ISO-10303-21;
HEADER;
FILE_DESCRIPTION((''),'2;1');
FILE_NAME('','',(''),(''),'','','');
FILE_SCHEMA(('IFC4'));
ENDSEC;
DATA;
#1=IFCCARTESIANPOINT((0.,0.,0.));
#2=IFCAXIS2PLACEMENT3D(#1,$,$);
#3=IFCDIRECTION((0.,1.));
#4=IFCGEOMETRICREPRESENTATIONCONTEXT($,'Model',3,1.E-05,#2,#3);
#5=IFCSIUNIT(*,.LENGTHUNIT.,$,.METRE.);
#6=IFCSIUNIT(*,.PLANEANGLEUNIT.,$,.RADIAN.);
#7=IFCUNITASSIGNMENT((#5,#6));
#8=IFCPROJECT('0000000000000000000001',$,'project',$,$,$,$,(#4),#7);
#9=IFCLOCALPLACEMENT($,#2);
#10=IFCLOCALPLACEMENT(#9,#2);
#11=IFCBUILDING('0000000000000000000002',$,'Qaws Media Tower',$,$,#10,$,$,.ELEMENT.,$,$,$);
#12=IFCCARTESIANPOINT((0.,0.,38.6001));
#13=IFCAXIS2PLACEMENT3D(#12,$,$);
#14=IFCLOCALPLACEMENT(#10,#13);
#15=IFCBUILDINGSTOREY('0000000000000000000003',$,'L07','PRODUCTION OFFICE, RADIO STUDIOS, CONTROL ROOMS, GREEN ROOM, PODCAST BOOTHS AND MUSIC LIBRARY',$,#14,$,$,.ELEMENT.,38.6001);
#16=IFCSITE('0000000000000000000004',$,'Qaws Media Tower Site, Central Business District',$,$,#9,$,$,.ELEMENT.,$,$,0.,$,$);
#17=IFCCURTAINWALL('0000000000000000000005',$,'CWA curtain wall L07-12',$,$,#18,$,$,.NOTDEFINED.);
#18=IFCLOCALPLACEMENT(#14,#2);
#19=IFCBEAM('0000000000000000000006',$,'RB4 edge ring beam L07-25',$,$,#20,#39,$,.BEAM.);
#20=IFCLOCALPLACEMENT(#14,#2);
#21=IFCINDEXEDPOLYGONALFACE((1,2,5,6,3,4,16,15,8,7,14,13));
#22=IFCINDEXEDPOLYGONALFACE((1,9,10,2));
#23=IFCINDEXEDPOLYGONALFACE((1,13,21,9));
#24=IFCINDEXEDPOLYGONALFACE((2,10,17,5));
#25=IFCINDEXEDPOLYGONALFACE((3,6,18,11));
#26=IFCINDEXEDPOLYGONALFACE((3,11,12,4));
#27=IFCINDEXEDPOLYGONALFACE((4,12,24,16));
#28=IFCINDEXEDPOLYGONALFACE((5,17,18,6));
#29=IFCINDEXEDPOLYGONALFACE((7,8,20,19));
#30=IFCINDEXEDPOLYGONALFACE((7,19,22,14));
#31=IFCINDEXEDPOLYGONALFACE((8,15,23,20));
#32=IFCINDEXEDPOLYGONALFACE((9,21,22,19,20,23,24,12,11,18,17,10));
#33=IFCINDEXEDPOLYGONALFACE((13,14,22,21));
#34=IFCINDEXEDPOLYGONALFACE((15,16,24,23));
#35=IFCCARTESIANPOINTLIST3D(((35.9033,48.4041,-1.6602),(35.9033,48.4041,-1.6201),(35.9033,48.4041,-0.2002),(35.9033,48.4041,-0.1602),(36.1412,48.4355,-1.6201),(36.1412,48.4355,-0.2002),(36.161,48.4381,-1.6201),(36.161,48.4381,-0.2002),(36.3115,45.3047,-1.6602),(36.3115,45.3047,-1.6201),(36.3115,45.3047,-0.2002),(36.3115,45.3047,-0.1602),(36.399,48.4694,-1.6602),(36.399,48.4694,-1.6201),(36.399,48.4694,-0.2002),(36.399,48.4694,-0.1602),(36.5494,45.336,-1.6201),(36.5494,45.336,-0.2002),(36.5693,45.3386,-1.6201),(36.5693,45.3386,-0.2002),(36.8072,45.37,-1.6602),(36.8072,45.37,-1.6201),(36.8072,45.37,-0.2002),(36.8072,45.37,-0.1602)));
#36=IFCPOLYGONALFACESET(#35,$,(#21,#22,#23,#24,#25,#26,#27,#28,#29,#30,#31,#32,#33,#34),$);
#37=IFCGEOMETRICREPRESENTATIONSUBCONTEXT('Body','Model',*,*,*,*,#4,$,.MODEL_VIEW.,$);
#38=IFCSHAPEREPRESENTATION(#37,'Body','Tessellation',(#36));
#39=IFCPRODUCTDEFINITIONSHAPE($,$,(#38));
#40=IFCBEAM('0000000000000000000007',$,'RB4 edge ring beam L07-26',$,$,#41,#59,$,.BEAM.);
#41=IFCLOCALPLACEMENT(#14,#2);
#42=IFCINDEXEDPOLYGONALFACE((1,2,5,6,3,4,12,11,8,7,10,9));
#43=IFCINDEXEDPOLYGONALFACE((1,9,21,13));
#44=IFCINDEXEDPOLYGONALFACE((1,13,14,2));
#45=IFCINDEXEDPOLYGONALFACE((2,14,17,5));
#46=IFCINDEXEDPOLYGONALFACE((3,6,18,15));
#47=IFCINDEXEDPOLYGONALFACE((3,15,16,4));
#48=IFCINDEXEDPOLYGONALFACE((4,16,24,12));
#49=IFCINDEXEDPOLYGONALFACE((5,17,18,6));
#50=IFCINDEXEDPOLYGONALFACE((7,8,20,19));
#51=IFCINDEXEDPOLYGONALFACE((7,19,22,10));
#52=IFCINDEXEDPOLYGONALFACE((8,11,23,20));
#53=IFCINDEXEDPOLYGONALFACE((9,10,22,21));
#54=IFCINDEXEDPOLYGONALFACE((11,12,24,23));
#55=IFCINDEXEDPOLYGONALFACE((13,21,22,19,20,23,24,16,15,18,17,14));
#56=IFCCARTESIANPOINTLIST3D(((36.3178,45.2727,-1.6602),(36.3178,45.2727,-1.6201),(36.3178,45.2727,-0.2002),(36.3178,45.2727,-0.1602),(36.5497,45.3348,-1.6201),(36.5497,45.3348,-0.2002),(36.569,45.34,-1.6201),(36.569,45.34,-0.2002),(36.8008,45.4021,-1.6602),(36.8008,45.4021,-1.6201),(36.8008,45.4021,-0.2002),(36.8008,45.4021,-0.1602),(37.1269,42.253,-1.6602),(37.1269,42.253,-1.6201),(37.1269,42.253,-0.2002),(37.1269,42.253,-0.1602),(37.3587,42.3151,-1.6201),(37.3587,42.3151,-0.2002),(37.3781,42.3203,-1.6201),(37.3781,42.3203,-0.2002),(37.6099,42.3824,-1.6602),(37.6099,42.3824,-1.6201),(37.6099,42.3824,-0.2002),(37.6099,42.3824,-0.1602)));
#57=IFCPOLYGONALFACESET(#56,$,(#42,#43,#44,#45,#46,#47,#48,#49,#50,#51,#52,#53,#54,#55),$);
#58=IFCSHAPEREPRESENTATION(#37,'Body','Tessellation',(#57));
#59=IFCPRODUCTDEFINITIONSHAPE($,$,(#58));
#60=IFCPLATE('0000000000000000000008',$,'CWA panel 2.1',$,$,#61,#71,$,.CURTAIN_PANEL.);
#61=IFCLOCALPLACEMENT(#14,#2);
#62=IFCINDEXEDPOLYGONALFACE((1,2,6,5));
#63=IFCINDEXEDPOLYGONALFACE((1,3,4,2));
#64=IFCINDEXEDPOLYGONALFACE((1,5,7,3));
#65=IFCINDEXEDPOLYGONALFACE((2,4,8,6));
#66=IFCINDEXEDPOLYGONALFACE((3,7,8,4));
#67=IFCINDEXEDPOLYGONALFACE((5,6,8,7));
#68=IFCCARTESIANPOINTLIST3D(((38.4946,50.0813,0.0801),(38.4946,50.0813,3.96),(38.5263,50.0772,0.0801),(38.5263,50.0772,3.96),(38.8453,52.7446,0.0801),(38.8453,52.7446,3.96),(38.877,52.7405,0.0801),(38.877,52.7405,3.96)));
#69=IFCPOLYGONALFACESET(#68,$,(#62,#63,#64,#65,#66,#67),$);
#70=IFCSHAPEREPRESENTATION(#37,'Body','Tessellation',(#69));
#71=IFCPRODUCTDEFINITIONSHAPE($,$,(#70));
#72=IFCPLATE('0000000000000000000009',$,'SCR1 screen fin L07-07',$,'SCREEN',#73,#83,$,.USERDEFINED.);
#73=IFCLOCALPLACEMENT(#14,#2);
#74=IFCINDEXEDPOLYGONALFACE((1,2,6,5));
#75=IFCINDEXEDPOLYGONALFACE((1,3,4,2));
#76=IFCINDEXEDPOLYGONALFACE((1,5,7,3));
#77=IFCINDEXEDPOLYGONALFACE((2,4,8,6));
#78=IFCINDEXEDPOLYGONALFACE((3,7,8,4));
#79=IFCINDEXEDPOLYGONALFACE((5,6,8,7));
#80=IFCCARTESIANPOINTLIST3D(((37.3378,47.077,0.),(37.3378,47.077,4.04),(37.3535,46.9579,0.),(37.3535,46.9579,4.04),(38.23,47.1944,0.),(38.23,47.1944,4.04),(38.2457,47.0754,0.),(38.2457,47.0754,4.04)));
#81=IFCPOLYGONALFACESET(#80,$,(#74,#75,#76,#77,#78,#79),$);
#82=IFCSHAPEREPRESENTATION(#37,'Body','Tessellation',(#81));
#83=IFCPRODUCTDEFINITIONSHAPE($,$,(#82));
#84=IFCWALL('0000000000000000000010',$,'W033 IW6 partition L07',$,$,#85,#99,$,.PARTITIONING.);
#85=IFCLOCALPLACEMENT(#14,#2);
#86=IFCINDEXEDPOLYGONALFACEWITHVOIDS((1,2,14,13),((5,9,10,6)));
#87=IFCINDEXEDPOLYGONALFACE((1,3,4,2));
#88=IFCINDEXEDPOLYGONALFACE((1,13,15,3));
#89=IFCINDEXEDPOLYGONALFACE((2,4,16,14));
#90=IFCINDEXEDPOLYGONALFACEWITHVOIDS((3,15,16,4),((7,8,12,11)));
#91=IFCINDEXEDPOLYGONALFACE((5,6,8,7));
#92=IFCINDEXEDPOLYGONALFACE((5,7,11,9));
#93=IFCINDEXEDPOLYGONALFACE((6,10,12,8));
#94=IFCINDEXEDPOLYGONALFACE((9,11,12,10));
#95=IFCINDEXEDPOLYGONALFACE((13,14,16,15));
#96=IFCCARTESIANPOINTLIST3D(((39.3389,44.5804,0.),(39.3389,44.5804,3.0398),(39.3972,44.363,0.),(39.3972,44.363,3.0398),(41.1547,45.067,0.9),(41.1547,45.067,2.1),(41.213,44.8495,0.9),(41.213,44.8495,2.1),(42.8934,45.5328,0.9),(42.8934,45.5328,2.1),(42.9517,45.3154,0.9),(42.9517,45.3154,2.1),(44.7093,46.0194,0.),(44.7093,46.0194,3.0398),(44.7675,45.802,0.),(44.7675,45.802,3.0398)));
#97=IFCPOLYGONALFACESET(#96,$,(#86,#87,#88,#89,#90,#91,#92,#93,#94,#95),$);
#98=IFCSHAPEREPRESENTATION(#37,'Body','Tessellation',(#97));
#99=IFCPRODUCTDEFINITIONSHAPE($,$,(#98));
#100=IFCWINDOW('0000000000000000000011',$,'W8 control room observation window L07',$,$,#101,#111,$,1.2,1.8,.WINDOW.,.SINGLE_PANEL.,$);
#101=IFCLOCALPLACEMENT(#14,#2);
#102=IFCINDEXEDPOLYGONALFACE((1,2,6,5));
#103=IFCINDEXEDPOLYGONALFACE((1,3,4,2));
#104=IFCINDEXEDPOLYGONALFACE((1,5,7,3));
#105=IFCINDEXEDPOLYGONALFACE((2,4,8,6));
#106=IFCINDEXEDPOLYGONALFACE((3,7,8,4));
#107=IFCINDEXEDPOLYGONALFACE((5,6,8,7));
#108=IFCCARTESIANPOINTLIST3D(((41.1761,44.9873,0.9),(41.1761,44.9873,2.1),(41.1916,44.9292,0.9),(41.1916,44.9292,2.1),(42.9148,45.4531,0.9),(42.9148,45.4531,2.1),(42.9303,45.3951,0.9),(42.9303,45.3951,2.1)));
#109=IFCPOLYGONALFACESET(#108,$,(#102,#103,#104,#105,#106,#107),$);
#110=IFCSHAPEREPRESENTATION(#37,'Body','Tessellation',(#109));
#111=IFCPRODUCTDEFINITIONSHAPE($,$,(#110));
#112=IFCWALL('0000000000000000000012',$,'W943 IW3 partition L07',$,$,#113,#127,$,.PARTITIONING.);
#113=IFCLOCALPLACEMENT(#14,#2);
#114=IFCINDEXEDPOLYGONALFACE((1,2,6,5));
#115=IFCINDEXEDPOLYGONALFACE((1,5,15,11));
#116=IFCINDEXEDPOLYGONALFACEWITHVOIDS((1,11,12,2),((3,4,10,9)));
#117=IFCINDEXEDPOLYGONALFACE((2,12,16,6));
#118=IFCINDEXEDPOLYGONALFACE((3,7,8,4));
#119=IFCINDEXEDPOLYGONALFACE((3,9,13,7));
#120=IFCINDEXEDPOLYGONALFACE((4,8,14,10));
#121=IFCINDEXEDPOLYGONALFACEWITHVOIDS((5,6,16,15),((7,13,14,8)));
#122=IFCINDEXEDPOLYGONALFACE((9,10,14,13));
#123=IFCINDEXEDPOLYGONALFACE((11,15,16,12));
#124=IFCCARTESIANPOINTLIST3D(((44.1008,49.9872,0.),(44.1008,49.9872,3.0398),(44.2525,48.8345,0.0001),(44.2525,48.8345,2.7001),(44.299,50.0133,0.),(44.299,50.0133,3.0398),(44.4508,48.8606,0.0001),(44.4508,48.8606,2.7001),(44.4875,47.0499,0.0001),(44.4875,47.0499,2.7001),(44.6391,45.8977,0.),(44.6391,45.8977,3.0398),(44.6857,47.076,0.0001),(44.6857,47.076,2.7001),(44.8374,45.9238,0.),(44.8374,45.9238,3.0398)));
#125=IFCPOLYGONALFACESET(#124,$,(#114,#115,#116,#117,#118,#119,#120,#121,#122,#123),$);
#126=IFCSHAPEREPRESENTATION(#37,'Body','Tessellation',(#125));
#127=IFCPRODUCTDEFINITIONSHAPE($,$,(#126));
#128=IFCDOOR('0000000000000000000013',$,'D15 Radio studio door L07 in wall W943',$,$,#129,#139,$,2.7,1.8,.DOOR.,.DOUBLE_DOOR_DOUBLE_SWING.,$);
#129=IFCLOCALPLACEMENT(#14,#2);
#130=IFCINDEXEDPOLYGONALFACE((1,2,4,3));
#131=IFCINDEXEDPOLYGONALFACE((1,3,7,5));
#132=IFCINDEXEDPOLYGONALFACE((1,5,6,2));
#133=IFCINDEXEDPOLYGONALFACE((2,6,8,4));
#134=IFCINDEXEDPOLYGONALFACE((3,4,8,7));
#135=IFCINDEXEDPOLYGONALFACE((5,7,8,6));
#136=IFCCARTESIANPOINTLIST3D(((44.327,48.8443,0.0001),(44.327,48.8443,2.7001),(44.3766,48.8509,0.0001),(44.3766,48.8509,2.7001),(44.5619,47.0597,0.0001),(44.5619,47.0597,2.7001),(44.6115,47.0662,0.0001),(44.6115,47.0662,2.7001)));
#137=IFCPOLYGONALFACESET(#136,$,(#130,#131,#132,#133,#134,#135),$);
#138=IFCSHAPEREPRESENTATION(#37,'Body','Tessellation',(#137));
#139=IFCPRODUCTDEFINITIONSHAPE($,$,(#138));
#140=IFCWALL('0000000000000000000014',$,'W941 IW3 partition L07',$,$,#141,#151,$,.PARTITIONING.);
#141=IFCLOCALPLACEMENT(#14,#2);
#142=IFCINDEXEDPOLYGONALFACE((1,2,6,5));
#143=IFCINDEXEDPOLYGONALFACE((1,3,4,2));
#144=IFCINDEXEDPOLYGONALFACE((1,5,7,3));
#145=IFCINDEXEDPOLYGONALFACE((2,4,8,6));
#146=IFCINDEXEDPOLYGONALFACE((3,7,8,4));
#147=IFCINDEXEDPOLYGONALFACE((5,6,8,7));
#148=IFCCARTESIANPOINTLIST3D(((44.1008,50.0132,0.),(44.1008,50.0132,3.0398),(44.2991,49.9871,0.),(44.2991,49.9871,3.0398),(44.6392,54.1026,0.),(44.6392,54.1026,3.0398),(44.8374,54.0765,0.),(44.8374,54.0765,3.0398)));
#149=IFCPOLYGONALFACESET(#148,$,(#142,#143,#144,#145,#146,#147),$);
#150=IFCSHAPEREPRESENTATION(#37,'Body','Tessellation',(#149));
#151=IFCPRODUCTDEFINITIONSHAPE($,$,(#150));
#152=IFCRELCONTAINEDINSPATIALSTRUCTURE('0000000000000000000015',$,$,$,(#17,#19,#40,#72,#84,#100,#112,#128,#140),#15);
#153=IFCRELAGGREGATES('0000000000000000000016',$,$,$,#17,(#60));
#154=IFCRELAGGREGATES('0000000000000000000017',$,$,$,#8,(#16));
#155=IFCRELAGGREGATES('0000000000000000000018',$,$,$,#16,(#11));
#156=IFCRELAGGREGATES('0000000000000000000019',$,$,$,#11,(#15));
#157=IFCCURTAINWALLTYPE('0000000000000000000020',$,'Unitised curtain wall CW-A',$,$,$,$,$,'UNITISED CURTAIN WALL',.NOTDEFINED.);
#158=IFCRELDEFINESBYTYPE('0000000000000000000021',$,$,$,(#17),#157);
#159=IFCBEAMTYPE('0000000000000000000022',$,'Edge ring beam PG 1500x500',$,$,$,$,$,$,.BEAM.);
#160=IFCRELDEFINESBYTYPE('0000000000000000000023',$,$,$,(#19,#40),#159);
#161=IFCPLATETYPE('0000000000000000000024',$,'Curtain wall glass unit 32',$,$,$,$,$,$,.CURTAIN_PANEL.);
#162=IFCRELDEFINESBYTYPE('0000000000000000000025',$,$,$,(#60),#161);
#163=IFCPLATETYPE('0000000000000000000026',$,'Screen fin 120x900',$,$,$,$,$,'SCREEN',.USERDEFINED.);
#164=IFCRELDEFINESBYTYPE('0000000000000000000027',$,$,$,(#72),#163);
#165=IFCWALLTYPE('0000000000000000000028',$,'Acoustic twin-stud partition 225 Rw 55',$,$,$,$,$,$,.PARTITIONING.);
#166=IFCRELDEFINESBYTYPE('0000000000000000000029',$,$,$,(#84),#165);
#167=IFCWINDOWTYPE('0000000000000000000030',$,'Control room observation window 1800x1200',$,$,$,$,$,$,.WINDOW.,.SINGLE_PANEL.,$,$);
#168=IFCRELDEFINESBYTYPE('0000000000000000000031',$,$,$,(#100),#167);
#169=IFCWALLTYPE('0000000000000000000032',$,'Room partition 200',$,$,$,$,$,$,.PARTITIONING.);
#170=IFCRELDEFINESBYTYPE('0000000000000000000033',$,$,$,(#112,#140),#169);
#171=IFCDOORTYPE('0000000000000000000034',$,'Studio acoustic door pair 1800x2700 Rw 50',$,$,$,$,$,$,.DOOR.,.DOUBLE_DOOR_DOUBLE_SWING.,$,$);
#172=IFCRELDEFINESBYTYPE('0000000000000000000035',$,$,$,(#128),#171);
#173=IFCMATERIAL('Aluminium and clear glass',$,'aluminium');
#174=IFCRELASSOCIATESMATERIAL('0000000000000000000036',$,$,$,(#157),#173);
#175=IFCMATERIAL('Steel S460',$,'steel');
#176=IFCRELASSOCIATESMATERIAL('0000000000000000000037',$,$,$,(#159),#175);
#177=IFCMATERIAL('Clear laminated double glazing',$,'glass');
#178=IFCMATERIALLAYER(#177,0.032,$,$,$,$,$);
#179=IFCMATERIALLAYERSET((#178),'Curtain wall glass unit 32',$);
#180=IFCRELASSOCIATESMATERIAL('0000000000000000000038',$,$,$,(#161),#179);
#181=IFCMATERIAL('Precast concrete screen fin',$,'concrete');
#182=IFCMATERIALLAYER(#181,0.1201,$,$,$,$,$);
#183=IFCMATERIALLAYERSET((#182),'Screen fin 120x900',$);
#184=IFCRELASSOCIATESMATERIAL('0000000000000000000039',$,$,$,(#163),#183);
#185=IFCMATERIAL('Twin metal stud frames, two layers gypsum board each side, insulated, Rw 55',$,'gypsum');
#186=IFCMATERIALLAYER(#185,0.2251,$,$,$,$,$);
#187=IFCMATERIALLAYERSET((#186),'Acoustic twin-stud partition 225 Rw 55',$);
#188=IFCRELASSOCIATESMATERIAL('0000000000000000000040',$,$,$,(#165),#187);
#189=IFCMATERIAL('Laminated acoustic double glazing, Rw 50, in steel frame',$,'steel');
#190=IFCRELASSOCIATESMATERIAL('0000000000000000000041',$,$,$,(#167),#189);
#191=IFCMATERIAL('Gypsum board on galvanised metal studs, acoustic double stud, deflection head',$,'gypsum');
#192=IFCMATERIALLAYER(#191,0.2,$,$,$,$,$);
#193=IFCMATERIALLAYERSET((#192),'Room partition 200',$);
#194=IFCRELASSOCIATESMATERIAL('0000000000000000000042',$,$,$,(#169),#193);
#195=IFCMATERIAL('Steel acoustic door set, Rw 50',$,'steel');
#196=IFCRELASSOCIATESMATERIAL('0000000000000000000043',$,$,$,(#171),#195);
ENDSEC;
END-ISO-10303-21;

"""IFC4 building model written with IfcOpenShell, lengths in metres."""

from ifc_helpers import new_model, si_unit, direction, frame, frame_2d, origin, origin_2d, place, context, subcontext, project, spatial, rectangle, i_section, extrude, material, layer, layer_set, material_profile, profile_set, type_object, element, fill, aggregate, save


model = new_model("IFC4")

# Units and contexts
model_context = context("Model", 3, precision=1e-05, world=origin(), true_north=direction((0.0, 1.0)))
body_context = subcontext(model_context, "Body", "Model", "MODEL_VIEW")
ifc_project = project(units=[si_unit("LENGTHUNIT", "METRE"), si_unit("PLANEANGLEUNIT", "RADIAN")], contexts=[model_context])

# Site, building, storey
site_placement = place(None, origin())
site = spatial("IfcSite", under=ifc_project, at=site_placement, Name="Qaws Media Tower Site, Central Business District", CompositionType="ELEMENT", RefElevation=0.0)
building_placement = place(site_placement, origin())
building = spatial("IfcBuilding", under=site, at=building_placement, Name="Qaws Media Tower", CompositionType="ELEMENT")
storey_placement = place(building_placement, frame((0.0, 0.0, 38.6001)))
storey = spatial("IfcBuildingStorey", under=building, at=storey_placement, Name="L07", Description="PRODUCTION OFFICE, RADIO STUDIOS, CONTROL ROOMS, GREEN ROOM, PODCAST BOOTHS AND MUSIC LIBRARY", CompositionType="ELEMENT", Elevation=38.6001)

# Curtain wall
ifc_material_1 = material(Name="Aluminium and clear glass", Category="aluminium")
curtain_wall_type = type_object("IfcCurtainWallType", Name="Unitised curtain wall CW-A", ElementType="UNITISED CURTAIN WALL", PredefinedType="NOTDEFINED", material=ifc_material_1)
curtain_wall_1_placement = place(storey_placement, origin())
curtain_wall_1 = element("IfcCurtainWall", 1, at=curtain_wall_1_placement, inside=storey, type_object=curtain_wall_type, Name="CWA curtain wall L07-12", PredefinedType="NOTDEFINED")

# Beams
ifc_material_2 = material(Name="Steel S460", Category="steel")
ifc_material_profile_1 = material_profile(ifc_material_2, i_section(OverallWidth=0.5, OverallDepth=1.5, WebThickness=0.02, FlangeThickness=0.04, at=origin_2d()), Name="PG 1500x500")
ifc_profile_set_1 = profile_set([ifc_material_profile_1], Name="Steel S460")
beam_type = type_object("IfcBeamType", Name="Edge ring beam PG 1500x500", PredefinedType="BEAM", material=ifc_profile_set_1)
for number, where, z_axis, x_axis, name in (
    (2, (36.1511, 48.4368, -0.9102), (0.130578, -0.991438, 0.0), (0.991438, 0.130578, 0.0), "RB4 edge ring beam L07-25"),
    (3, (36.5593, 45.3374, -0.9102), (0.2588, -0.965931, 0.0), (0.965931, 0.2588, 0.0), "RB4 edge ring beam L07-26"),
):
    element("IfcBeam", number, at=place(storey_placement, frame(where, z_axis=z_axis, x_axis=x_axis)), inside=storey, type_object=beam_type, Name=name, PredefinedType="BEAM", context=body_context, shape_type="SweptSolid", body=[
        extrude(i_section(OverallWidth=0.5, OverallDepth=1.5, WebThickness=0.02, FlangeThickness=0.04, at=origin_2d()), origin(), (0.0, 0.0, 1.0), 3.1262),
    ])

# Plates
ifc_material_3 = material(Name="Clear laminated double glazing", Category="glass")
ifc_layer_1 = layer(ifc_material_3, 0.032)
ifc_layer_set_1 = layer_set([ifc_layer_1], Name="Curtain wall glass unit 32")
plate_type_1 = type_object("IfcPlateType", Name="Curtain wall glass unit 32", PredefinedType="CURTAIN_PANEL", material=ifc_layer_set_1)
plate_1_placement = place(storey_placement, frame((38.6858, 51.4109, 0.0801), z_axis=(0.0, 0.0, 1.0), x_axis=(-0.130526, -0.991445, 0.0)))
plate_1 = element("IfcPlate", 4, at=plate_1_placement, type_object=plate_type_1, Name="CWA panel 2.1", PredefinedType="CURTAIN_PANEL", context=body_context, shape_type="SweptSolid", body=[
    extrude(rectangle(XDim=2.6863, YDim=0.032, at=origin_2d()), origin(), (0.0, 0.0, 1.0), 3.8799),
])
aggregate(curtain_wall_1, [plate_1])
ifc_material_4 = material(Name="Precast concrete screen fin", Category="concrete")
ifc_layer_2 = layer(ifc_material_4, 0.1201)
ifc_layer_set_2 = layer_set([ifc_layer_2], Name="Screen fin 120x900")
plate_type_2 = type_object("IfcPlateType", Name="Screen fin 120x900", ElementType="SCREEN", PredefinedType="USERDEFINED", material=ifc_layer_set_2)
plate_2_placement = place(storey_placement, frame((37.7917, 47.0762, 0.0), z_axis=(0.0, 0.0, 1.0), x_axis=(-0.991445, -0.130526, 0.0)))
element("IfcPlate", 5, at=plate_2_placement, inside=storey, type_object=plate_type_2, Name="SCR1 screen fin L07-07", ObjectType="SCREEN", PredefinedType="USERDEFINED", context=body_context, shape_type="SweptSolid", body=[
    extrude(rectangle(XDim=0.8999, YDim=0.1201, at=origin_2d()), origin(), (0.0, 0.0, 1.0), 4.04),
])

# Wall, opening, window
ifc_material_5 = material(Name="Twin metal stud frames, two layers gypsum board each side, insulated, Rw 55", Category="gypsum")
ifc_layer_3 = layer(ifc_material_5, 0.2251)
ifc_layer_set_3 = layer_set([ifc_layer_3], Name="Acoustic twin-stud partition 225 Rw 55")
wall_type_1 = type_object("IfcWallType", Name="Acoustic twin-stud partition 225 Rw 55", PredefinedType="PARTITIONING", material=ifc_layer_set_3)
wall_1_placement = place(storey_placement, frame((44.7383, 45.9106, 0.0), z_axis=(0.0, 0.0, 1.0), x_axis=(-0.965927, -0.258816, 0.0)))
wall_1 = element("IfcWall", 6, at=wall_1_placement, inside=storey, type_object=wall_type_1, Name="W033 IW6 partition L07", PredefinedType="PARTITIONING", context=body_context, shape_type="SweptSolid", body=[
    extrude(rectangle(XDim=5.5598, YDim=0.2251, at=frame_2d((2.7798, 0.0))), origin(), (0.0, 0.0, 1.0), 3.0398),
])
opening_1_placement = place(wall_1_placement, frame((1.8799, 0.0, 0.8999)))
opening_1 = element("IfcOpeningElement", 7, at=opening_1_placement, cuts=wall_1, PredefinedType="OPENING", context=body_context, shape_type="SweptSolid", body=[
    extrude(rectangle(XDim=1.8, YDim=1.2, at=frame_2d((0.8999, 0.6001))), frame((0.0, 0.1226, 0.0), z_axis=(0.0, -1.0, 0.0), x_axis=(1.0, 0.0, 0.0)), (0.0, 0.0, 1.0), 0.2451),
])
ifc_material_6 = material(Name="Laminated acoustic double glazing, Rw 50, in steel frame", Category="steel")
window_type_1 = type_object("IfcWindowType", Name="Control room observation window 1800x1200", PartitioningType="SINGLE_PANEL", PredefinedType="WINDOW", material=ifc_material_6)
window_1_placement = place(opening_1_placement, origin())
window_1 = element("IfcWindow", 8, at=window_1_placement, inside=storey, type_object=window_type_1, Name="W8 control room observation window L07", OverallHeight=1.2, OverallWidth=1.8, PartitioningType="SINGLE_PANEL", PredefinedType="WINDOW", context=body_context, shape_type="SweptSolid", body=[
    extrude(rectangle(XDim=1.8, YDim=1.2, at=frame_2d((0.8999, 0.6001))), frame((0.0, 0.03, 0.0), z_axis=(0.0, -1.0, 0.0), x_axis=(1.0, 0.0, 0.0)), (0.0, 0.0, 1.0), 0.0601),
])
fill(opening_1, window_1)

# Wall, opening, door
ifc_material_7 = material(Name="Gypsum board on galvanised metal studs, acoustic double stud, deflection head", Category="gypsum")
ifc_layer_4 = layer(ifc_material_7, 0.2)
ifc_layer_set_4 = layer_set([ifc_layer_4], Name="Room partition 200")
wall_type_2 = type_object("IfcWallType", Name="Room partition 200", PredefinedType="PARTITIONING", material=ifc_layer_set_4)
wall_2_placement = place(storey_placement, frame((44.7383, 45.9106, 0.0), z_axis=(0.0, 0.0, 1.0), x_axis=(-0.130516, 0.991446, 0.0)))
wall_2 = element("IfcWall", 9, at=wall_2_placement, inside=storey, type_object=wall_type_2, Name="W943 IW3 partition L07", PredefinedType="PARTITIONING", context=body_context, shape_type="SweptSolid", body=[
    extrude(rectangle(XDim=4.1248, YDim=0.2, at=frame_2d((2.0625, 0.0))), origin(), (0.0, 0.0, 1.0), 3.0398),
])
opening_2_placement = place(wall_2_placement, frame((1.1624, 0.0, 0.0)))
opening_2 = element("IfcOpeningElement", 10, at=opening_2_placement, cuts=wall_2, PredefinedType="OPENING", context=body_context, shape_type="SweptSolid", body=[
    extrude(rectangle(XDim=1.8, YDim=2.7, at=frame_2d((0.8999, 1.3501))), frame((0.0, 0.1099, 0.0), z_axis=(0.0, -1.0, 0.0), x_axis=(1.0, 0.0, 0.0)), (0.0, 0.0, 1.0), 0.22),
])
ifc_material_8 = material(Name="Steel acoustic door set, Rw 50", Category="steel")
door_type_1 = type_object("IfcDoorType", Name="Studio acoustic door pair 1800x2700 Rw 50", OperationType="DOUBLE_DOOR_DOUBLE_SWING", PredefinedType="DOOR", material=ifc_material_8)
door_1_placement = place(opening_2_placement, origin())
door_1 = element("IfcDoor", 11, at=door_1_placement, inside=storey, type_object=door_type_1, Name="D15 Radio studio door L07 in wall W943", OperationType="DOUBLE_DOOR_DOUBLE_SWING", OverallHeight=2.7, OverallWidth=1.8, PredefinedType="DOOR", context=body_context, shape_type="SweptSolid", body=[
    extrude(rectangle(XDim=1.8, YDim=2.7, at=frame_2d((0.8999, 1.3501))), frame((0.0, 0.0249, 0.0), z_axis=(0.0, -1.0, 0.0), x_axis=(1.0, 0.0, 0.0)), (0.0, 0.0, 1.0), 0.05),
])
fill(opening_2, door_1)

# Wall
wall_3_placement = place(storey_placement, frame((44.2, 50.0, 0.0), z_axis=(0.0, 0.0, 1.0), x_axis=(0.130516, 0.991446, 0.0)))
element("IfcWall", 12, at=wall_3_placement, inside=storey, type_object=wall_type_2, Name="W941 IW3 partition L07", PredefinedType="PARTITIONING", context=body_context, shape_type="SweptSolid", body=[
    extrude(rectangle(XDim=4.1248, YDim=0.2, at=frame_2d((2.0625, 0.0))), origin(), (0.0, 0.0, 1.0), 3.0398),
])

save(model, "model.ifc")
